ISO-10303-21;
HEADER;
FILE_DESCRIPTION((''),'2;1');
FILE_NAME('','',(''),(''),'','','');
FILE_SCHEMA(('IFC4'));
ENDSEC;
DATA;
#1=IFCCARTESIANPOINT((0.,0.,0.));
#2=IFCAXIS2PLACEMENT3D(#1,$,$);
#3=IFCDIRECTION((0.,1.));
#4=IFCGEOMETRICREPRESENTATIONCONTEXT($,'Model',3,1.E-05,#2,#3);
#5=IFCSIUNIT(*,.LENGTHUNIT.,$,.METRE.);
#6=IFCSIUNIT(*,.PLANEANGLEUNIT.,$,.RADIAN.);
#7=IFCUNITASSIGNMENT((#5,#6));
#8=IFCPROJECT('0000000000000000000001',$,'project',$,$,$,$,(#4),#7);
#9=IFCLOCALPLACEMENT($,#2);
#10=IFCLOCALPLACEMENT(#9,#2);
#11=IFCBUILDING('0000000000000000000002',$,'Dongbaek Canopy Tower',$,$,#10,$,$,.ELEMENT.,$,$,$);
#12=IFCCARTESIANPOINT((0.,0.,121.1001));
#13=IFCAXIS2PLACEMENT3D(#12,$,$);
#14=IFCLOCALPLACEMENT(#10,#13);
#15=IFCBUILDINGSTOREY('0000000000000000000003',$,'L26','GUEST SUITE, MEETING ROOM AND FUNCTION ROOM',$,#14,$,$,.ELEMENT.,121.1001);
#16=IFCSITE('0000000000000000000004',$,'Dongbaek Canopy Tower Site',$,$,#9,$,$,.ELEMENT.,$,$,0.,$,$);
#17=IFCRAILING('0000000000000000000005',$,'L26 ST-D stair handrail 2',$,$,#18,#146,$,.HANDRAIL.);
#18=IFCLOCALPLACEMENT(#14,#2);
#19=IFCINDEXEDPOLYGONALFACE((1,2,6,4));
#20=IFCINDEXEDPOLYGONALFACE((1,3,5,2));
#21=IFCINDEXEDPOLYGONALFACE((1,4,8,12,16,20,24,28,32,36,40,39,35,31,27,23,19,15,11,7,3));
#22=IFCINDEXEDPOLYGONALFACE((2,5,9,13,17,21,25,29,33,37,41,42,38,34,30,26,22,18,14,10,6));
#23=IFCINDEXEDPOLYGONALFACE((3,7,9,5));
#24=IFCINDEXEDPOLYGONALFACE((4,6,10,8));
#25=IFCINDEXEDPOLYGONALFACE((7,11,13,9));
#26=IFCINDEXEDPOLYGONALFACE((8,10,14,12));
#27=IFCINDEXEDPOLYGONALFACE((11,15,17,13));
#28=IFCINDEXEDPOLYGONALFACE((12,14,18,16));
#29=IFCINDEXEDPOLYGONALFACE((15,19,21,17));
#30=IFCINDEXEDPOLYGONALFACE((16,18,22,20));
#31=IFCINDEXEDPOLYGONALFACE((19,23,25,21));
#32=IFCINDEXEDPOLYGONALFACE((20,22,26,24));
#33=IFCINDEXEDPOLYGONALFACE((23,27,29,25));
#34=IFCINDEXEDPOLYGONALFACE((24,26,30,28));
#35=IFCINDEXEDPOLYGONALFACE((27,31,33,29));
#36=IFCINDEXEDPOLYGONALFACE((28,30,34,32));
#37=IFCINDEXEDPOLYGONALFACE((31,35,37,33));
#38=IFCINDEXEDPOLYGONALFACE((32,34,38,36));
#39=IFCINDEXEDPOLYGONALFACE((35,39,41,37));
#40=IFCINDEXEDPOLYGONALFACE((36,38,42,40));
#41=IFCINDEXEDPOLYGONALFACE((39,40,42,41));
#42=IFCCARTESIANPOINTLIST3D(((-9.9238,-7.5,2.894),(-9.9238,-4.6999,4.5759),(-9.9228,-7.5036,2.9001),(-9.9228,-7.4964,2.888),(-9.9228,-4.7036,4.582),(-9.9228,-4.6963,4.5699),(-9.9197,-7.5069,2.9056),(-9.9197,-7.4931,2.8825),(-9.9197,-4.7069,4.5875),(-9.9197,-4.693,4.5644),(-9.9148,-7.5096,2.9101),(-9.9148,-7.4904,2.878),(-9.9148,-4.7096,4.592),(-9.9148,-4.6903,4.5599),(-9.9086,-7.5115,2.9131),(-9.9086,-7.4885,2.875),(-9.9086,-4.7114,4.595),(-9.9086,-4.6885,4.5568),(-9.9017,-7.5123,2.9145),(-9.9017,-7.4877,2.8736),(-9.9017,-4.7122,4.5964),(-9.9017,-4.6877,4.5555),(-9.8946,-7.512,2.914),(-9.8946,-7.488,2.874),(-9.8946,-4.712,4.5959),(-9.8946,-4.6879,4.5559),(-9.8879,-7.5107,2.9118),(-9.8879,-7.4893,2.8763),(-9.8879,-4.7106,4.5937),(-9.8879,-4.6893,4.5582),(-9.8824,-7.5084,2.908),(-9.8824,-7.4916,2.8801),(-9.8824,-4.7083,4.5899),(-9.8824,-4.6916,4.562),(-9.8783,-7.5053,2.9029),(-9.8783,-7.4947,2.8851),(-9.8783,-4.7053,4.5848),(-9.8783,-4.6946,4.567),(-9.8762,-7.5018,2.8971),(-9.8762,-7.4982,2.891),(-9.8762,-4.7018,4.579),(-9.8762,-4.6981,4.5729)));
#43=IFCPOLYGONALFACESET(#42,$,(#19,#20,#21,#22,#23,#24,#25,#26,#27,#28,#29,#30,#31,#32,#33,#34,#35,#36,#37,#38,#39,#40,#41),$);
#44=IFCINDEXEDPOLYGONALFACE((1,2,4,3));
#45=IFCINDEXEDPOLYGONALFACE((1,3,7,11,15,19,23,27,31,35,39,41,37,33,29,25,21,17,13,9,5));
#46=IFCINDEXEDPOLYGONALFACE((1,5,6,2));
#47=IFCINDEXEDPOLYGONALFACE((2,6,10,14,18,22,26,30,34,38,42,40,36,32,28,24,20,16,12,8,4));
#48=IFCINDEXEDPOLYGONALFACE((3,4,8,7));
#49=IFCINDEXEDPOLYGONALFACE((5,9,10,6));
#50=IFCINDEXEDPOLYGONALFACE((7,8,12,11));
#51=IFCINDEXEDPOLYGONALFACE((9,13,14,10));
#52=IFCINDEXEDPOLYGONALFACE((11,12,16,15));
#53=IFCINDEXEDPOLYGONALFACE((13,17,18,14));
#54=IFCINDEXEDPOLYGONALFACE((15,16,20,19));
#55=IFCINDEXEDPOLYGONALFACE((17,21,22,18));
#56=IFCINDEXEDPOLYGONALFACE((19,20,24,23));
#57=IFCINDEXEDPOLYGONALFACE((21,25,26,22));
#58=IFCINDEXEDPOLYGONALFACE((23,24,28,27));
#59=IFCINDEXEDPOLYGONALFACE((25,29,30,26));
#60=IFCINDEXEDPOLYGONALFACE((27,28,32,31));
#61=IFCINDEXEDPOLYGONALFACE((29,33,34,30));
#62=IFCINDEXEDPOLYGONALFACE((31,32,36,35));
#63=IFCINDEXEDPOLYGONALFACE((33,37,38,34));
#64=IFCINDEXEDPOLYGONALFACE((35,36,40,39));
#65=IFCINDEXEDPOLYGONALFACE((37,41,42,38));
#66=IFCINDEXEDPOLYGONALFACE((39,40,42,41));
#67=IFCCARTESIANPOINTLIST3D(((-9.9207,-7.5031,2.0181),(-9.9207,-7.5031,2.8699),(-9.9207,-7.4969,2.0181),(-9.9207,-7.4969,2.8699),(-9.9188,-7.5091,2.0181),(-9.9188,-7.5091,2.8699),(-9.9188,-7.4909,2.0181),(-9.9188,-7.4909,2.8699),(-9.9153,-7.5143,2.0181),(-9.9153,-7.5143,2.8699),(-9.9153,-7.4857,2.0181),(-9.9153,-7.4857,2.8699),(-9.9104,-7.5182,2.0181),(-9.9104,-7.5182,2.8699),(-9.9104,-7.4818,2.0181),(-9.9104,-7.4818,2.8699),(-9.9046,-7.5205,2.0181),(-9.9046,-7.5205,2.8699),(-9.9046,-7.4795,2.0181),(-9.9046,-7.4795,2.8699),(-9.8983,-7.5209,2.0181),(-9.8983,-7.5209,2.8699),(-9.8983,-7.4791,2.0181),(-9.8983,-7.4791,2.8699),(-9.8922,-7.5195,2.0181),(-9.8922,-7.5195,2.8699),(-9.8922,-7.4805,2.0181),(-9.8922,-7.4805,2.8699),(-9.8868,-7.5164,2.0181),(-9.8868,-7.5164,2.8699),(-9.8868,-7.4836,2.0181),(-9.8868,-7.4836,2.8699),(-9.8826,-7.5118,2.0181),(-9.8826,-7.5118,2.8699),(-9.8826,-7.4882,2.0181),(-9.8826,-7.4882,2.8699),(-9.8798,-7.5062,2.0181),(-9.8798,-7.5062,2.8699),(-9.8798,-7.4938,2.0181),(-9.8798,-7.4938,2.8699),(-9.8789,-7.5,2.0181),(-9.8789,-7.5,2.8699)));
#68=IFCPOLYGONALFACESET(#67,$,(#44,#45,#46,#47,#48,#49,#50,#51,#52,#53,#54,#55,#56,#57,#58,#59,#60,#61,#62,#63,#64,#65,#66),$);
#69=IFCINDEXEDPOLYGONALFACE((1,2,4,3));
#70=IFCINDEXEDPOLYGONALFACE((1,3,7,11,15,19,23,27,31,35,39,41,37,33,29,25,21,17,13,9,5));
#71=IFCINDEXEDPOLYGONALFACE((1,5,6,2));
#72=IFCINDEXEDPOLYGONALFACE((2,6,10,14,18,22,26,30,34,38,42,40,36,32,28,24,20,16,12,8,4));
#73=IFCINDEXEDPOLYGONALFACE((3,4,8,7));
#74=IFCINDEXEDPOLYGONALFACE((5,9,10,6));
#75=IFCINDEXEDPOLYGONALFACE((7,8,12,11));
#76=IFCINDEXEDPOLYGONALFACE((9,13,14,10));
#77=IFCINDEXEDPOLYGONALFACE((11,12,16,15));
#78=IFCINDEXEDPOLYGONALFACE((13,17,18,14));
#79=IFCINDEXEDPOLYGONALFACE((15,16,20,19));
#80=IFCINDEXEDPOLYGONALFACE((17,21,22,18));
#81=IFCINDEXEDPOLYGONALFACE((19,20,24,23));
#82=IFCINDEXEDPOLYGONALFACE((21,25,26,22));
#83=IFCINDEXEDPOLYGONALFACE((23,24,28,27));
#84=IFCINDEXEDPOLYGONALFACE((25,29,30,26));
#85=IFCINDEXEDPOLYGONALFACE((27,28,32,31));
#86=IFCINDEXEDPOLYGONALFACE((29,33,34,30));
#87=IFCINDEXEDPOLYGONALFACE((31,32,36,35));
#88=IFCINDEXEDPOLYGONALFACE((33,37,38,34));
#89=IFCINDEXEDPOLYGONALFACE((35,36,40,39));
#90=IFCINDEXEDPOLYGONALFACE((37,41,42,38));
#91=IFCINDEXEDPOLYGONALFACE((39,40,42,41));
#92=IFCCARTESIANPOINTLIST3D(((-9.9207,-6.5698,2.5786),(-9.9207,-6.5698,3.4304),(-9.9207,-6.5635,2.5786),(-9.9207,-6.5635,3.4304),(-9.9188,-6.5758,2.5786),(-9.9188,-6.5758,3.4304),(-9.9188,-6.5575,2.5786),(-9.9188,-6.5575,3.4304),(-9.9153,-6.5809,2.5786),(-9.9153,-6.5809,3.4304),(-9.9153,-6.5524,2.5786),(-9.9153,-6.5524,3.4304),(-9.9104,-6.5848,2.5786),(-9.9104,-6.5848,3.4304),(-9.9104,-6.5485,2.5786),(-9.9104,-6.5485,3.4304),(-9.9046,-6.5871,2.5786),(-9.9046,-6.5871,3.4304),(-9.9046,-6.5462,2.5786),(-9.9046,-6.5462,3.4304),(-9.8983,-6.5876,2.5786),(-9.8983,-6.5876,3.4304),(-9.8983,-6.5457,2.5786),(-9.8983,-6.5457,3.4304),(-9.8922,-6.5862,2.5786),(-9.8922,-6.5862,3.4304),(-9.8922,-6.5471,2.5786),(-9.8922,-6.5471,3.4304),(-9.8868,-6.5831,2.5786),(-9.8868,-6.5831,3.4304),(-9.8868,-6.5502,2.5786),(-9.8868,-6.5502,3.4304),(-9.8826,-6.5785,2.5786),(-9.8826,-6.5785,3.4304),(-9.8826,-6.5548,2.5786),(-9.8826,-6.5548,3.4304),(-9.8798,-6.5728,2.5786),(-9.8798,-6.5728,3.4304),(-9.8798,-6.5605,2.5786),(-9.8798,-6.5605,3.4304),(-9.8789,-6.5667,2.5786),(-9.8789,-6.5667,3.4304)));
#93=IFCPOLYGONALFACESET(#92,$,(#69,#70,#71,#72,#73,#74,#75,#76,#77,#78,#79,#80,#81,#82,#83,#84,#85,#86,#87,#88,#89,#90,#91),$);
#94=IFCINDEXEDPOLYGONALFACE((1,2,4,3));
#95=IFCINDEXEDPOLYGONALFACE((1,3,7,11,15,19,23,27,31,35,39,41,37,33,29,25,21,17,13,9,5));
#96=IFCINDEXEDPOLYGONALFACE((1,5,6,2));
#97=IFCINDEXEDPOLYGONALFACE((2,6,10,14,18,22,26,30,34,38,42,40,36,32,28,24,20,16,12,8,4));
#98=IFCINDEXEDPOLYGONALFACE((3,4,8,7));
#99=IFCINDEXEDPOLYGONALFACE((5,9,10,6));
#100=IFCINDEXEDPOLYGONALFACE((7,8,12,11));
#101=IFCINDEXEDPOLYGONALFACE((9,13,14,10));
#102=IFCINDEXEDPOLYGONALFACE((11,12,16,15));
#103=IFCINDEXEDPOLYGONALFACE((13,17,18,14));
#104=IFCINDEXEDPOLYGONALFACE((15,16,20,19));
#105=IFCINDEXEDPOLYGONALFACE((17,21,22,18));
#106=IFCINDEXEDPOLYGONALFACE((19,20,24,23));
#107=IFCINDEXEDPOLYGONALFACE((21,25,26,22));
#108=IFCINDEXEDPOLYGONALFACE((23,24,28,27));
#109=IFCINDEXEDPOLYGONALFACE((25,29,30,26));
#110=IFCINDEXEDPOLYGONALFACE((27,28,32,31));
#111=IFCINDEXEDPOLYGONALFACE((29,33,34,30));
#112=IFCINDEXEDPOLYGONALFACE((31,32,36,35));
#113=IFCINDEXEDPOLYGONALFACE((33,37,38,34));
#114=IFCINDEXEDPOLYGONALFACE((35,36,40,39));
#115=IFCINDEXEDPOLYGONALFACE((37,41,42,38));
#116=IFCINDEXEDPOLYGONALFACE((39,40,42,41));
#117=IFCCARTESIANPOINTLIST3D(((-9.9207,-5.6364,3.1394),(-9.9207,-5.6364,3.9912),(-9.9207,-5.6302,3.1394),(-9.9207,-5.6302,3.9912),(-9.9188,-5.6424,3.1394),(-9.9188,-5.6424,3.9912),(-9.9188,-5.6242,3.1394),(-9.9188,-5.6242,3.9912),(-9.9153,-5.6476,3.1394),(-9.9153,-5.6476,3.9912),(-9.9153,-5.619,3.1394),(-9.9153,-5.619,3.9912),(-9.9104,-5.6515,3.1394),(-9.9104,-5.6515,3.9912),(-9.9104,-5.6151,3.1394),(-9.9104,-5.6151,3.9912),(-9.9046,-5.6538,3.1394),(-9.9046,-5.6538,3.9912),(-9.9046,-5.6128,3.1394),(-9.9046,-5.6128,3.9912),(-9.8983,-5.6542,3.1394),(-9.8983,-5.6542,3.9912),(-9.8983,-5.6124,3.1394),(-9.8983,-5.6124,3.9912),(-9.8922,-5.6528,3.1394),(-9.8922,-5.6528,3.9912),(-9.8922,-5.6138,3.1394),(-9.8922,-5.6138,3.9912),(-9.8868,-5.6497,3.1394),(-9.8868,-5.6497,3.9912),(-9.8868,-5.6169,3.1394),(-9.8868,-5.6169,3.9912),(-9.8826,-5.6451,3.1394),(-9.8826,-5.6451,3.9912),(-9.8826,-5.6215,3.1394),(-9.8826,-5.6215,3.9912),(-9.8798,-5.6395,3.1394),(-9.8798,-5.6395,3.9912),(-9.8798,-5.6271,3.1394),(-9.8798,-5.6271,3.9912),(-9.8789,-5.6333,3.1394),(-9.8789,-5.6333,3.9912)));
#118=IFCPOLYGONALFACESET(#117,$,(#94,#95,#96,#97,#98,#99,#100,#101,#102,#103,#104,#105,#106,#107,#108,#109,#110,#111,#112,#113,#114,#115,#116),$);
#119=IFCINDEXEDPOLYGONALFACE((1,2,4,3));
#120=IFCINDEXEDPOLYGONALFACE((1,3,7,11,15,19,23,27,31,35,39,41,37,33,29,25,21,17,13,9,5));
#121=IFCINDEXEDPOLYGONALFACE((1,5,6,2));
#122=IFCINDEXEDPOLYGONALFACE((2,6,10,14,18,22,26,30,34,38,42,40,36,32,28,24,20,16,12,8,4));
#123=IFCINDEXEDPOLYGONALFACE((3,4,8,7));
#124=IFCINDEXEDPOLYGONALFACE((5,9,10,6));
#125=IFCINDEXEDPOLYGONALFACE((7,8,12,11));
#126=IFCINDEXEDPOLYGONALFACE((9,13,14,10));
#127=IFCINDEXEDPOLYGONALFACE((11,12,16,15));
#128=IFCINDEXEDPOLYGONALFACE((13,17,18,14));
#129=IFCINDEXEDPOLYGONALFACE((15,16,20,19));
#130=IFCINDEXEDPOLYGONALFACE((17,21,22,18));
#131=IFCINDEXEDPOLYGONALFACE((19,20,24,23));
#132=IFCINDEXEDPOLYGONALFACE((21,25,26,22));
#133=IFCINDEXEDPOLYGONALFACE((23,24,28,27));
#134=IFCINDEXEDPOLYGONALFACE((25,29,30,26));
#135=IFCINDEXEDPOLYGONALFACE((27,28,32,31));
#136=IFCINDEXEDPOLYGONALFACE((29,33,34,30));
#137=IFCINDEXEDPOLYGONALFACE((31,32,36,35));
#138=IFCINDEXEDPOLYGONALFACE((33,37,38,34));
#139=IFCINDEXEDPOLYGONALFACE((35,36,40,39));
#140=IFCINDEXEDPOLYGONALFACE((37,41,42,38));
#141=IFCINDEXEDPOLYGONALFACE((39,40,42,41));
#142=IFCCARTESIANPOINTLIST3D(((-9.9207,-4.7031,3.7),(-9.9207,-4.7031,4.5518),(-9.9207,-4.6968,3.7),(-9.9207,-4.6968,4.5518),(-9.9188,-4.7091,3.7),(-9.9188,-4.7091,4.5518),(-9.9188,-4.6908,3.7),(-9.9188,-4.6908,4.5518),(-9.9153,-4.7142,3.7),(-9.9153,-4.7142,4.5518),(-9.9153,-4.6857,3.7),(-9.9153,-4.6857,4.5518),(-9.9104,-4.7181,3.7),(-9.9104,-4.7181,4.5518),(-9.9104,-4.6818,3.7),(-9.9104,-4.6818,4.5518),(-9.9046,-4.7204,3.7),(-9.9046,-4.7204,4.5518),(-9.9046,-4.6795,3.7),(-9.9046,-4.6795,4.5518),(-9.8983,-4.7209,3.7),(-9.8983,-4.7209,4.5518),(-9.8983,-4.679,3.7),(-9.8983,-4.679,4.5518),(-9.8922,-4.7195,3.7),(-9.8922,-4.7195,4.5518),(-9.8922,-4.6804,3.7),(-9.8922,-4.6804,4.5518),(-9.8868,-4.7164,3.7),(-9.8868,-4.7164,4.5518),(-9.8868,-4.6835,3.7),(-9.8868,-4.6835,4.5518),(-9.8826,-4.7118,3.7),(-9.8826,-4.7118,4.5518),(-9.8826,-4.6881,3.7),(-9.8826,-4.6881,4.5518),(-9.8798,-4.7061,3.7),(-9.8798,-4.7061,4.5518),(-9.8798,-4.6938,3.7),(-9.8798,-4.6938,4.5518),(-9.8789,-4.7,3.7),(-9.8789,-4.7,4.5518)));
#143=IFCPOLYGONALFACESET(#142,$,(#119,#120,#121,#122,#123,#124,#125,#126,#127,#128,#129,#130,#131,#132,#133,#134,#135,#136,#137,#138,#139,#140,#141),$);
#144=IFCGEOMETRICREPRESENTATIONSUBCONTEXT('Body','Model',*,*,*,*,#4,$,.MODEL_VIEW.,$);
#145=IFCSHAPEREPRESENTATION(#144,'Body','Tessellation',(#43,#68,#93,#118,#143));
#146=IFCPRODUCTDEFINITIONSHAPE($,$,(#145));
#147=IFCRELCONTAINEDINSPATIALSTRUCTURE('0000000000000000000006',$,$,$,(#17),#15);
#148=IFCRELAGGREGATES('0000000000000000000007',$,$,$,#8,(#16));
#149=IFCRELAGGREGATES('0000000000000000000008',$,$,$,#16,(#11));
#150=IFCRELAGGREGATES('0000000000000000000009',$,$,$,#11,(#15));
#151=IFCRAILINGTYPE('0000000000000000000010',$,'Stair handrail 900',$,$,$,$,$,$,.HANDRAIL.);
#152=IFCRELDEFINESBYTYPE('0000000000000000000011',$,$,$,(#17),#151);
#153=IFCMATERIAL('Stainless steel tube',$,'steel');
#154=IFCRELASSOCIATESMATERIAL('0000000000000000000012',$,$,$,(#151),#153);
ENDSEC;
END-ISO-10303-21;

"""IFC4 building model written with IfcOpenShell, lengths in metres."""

from ifc_helpers import new_model, si_unit, direction, frame, origin, origin_2d, place, context, subcontext, project, spatial, circle, extrude, material, type_object, element, save


model = new_model("IFC4")

# Units and contexts
model_context = context("Model", 3, precision=1e-05, world=origin(), true_north=direction((0.0, 1.0)))
body_context = subcontext(model_context, "Body", "Model", "MODEL_VIEW")
ifc_project = project(units=[si_unit("LENGTHUNIT", "METRE"), si_unit("PLANEANGLEUNIT", "RADIAN")], contexts=[model_context])

# Site, building, storey
site_placement = place(None, origin())
site = spatial("IfcSite", under=ifc_project, at=site_placement, Name="Dongbaek Canopy Tower Site", CompositionType="ELEMENT", RefElevation=0.0)
building_placement = place(site_placement, origin())
building = spatial("IfcBuilding", under=site, at=building_placement, Name="Dongbaek Canopy Tower", CompositionType="ELEMENT")
storey_placement = place(building_placement, frame((0.0, 0.0, 121.1001)))
storey = spatial("IfcBuildingStorey", under=building, at=storey_placement, Name="L26", Description="GUEST SUITE, MEETING ROOM AND FUNCTION ROOM", CompositionType="ELEMENT", Elevation=121.1001)

# Railing
ifc_material_1 = material(Name="Stainless steel tube", Category="steel")
railing_type_1 = type_object("IfcRailingType", Name="Stair handrail 900", PredefinedType="HANDRAIL", material=ifc_material_1)
railing_1_placement = place(storey_placement, frame((-9.8999, -7.5, 2.0181)))
element("IfcRailing", 1, at=railing_1_placement, inside=storey, type_object=railing_type_1, Name="L26 ST-D stair handrail 2", PredefinedType="HANDRAIL", context=body_context, shape_type="SweptSolid", body=[
    extrude(circle(Radius=0.0239, at=origin_2d()), frame((0.0, 0.0, 0.876), z_axis=(0.0, 0.857242, 0.514913), x_axis=(-1.0, 0.0, 0.0)), (0.0, 0.0, 1.0), 3.2664),
    extrude(circle(Radius=0.021, at=origin_2d()), origin(), (0.0, 0.0, 1.0), 0.8518),
    extrude(circle(Radius=0.021, at=origin_2d()), frame((0.0, 0.9333, 0.5605)), (0.0, 0.0, 1.0), 0.8518),
    extrude(circle(Radius=0.021, at=origin_2d()), frame((0.0, 1.8667, 1.1213)), (0.0, 0.0, 1.0), 0.8518),
    extrude(circle(Radius=0.021, at=origin_2d()), frame((0.0, 2.8, 1.6819)), (0.0, 0.0, 1.0), 0.8518),
])

save(model, "model.ifc")
